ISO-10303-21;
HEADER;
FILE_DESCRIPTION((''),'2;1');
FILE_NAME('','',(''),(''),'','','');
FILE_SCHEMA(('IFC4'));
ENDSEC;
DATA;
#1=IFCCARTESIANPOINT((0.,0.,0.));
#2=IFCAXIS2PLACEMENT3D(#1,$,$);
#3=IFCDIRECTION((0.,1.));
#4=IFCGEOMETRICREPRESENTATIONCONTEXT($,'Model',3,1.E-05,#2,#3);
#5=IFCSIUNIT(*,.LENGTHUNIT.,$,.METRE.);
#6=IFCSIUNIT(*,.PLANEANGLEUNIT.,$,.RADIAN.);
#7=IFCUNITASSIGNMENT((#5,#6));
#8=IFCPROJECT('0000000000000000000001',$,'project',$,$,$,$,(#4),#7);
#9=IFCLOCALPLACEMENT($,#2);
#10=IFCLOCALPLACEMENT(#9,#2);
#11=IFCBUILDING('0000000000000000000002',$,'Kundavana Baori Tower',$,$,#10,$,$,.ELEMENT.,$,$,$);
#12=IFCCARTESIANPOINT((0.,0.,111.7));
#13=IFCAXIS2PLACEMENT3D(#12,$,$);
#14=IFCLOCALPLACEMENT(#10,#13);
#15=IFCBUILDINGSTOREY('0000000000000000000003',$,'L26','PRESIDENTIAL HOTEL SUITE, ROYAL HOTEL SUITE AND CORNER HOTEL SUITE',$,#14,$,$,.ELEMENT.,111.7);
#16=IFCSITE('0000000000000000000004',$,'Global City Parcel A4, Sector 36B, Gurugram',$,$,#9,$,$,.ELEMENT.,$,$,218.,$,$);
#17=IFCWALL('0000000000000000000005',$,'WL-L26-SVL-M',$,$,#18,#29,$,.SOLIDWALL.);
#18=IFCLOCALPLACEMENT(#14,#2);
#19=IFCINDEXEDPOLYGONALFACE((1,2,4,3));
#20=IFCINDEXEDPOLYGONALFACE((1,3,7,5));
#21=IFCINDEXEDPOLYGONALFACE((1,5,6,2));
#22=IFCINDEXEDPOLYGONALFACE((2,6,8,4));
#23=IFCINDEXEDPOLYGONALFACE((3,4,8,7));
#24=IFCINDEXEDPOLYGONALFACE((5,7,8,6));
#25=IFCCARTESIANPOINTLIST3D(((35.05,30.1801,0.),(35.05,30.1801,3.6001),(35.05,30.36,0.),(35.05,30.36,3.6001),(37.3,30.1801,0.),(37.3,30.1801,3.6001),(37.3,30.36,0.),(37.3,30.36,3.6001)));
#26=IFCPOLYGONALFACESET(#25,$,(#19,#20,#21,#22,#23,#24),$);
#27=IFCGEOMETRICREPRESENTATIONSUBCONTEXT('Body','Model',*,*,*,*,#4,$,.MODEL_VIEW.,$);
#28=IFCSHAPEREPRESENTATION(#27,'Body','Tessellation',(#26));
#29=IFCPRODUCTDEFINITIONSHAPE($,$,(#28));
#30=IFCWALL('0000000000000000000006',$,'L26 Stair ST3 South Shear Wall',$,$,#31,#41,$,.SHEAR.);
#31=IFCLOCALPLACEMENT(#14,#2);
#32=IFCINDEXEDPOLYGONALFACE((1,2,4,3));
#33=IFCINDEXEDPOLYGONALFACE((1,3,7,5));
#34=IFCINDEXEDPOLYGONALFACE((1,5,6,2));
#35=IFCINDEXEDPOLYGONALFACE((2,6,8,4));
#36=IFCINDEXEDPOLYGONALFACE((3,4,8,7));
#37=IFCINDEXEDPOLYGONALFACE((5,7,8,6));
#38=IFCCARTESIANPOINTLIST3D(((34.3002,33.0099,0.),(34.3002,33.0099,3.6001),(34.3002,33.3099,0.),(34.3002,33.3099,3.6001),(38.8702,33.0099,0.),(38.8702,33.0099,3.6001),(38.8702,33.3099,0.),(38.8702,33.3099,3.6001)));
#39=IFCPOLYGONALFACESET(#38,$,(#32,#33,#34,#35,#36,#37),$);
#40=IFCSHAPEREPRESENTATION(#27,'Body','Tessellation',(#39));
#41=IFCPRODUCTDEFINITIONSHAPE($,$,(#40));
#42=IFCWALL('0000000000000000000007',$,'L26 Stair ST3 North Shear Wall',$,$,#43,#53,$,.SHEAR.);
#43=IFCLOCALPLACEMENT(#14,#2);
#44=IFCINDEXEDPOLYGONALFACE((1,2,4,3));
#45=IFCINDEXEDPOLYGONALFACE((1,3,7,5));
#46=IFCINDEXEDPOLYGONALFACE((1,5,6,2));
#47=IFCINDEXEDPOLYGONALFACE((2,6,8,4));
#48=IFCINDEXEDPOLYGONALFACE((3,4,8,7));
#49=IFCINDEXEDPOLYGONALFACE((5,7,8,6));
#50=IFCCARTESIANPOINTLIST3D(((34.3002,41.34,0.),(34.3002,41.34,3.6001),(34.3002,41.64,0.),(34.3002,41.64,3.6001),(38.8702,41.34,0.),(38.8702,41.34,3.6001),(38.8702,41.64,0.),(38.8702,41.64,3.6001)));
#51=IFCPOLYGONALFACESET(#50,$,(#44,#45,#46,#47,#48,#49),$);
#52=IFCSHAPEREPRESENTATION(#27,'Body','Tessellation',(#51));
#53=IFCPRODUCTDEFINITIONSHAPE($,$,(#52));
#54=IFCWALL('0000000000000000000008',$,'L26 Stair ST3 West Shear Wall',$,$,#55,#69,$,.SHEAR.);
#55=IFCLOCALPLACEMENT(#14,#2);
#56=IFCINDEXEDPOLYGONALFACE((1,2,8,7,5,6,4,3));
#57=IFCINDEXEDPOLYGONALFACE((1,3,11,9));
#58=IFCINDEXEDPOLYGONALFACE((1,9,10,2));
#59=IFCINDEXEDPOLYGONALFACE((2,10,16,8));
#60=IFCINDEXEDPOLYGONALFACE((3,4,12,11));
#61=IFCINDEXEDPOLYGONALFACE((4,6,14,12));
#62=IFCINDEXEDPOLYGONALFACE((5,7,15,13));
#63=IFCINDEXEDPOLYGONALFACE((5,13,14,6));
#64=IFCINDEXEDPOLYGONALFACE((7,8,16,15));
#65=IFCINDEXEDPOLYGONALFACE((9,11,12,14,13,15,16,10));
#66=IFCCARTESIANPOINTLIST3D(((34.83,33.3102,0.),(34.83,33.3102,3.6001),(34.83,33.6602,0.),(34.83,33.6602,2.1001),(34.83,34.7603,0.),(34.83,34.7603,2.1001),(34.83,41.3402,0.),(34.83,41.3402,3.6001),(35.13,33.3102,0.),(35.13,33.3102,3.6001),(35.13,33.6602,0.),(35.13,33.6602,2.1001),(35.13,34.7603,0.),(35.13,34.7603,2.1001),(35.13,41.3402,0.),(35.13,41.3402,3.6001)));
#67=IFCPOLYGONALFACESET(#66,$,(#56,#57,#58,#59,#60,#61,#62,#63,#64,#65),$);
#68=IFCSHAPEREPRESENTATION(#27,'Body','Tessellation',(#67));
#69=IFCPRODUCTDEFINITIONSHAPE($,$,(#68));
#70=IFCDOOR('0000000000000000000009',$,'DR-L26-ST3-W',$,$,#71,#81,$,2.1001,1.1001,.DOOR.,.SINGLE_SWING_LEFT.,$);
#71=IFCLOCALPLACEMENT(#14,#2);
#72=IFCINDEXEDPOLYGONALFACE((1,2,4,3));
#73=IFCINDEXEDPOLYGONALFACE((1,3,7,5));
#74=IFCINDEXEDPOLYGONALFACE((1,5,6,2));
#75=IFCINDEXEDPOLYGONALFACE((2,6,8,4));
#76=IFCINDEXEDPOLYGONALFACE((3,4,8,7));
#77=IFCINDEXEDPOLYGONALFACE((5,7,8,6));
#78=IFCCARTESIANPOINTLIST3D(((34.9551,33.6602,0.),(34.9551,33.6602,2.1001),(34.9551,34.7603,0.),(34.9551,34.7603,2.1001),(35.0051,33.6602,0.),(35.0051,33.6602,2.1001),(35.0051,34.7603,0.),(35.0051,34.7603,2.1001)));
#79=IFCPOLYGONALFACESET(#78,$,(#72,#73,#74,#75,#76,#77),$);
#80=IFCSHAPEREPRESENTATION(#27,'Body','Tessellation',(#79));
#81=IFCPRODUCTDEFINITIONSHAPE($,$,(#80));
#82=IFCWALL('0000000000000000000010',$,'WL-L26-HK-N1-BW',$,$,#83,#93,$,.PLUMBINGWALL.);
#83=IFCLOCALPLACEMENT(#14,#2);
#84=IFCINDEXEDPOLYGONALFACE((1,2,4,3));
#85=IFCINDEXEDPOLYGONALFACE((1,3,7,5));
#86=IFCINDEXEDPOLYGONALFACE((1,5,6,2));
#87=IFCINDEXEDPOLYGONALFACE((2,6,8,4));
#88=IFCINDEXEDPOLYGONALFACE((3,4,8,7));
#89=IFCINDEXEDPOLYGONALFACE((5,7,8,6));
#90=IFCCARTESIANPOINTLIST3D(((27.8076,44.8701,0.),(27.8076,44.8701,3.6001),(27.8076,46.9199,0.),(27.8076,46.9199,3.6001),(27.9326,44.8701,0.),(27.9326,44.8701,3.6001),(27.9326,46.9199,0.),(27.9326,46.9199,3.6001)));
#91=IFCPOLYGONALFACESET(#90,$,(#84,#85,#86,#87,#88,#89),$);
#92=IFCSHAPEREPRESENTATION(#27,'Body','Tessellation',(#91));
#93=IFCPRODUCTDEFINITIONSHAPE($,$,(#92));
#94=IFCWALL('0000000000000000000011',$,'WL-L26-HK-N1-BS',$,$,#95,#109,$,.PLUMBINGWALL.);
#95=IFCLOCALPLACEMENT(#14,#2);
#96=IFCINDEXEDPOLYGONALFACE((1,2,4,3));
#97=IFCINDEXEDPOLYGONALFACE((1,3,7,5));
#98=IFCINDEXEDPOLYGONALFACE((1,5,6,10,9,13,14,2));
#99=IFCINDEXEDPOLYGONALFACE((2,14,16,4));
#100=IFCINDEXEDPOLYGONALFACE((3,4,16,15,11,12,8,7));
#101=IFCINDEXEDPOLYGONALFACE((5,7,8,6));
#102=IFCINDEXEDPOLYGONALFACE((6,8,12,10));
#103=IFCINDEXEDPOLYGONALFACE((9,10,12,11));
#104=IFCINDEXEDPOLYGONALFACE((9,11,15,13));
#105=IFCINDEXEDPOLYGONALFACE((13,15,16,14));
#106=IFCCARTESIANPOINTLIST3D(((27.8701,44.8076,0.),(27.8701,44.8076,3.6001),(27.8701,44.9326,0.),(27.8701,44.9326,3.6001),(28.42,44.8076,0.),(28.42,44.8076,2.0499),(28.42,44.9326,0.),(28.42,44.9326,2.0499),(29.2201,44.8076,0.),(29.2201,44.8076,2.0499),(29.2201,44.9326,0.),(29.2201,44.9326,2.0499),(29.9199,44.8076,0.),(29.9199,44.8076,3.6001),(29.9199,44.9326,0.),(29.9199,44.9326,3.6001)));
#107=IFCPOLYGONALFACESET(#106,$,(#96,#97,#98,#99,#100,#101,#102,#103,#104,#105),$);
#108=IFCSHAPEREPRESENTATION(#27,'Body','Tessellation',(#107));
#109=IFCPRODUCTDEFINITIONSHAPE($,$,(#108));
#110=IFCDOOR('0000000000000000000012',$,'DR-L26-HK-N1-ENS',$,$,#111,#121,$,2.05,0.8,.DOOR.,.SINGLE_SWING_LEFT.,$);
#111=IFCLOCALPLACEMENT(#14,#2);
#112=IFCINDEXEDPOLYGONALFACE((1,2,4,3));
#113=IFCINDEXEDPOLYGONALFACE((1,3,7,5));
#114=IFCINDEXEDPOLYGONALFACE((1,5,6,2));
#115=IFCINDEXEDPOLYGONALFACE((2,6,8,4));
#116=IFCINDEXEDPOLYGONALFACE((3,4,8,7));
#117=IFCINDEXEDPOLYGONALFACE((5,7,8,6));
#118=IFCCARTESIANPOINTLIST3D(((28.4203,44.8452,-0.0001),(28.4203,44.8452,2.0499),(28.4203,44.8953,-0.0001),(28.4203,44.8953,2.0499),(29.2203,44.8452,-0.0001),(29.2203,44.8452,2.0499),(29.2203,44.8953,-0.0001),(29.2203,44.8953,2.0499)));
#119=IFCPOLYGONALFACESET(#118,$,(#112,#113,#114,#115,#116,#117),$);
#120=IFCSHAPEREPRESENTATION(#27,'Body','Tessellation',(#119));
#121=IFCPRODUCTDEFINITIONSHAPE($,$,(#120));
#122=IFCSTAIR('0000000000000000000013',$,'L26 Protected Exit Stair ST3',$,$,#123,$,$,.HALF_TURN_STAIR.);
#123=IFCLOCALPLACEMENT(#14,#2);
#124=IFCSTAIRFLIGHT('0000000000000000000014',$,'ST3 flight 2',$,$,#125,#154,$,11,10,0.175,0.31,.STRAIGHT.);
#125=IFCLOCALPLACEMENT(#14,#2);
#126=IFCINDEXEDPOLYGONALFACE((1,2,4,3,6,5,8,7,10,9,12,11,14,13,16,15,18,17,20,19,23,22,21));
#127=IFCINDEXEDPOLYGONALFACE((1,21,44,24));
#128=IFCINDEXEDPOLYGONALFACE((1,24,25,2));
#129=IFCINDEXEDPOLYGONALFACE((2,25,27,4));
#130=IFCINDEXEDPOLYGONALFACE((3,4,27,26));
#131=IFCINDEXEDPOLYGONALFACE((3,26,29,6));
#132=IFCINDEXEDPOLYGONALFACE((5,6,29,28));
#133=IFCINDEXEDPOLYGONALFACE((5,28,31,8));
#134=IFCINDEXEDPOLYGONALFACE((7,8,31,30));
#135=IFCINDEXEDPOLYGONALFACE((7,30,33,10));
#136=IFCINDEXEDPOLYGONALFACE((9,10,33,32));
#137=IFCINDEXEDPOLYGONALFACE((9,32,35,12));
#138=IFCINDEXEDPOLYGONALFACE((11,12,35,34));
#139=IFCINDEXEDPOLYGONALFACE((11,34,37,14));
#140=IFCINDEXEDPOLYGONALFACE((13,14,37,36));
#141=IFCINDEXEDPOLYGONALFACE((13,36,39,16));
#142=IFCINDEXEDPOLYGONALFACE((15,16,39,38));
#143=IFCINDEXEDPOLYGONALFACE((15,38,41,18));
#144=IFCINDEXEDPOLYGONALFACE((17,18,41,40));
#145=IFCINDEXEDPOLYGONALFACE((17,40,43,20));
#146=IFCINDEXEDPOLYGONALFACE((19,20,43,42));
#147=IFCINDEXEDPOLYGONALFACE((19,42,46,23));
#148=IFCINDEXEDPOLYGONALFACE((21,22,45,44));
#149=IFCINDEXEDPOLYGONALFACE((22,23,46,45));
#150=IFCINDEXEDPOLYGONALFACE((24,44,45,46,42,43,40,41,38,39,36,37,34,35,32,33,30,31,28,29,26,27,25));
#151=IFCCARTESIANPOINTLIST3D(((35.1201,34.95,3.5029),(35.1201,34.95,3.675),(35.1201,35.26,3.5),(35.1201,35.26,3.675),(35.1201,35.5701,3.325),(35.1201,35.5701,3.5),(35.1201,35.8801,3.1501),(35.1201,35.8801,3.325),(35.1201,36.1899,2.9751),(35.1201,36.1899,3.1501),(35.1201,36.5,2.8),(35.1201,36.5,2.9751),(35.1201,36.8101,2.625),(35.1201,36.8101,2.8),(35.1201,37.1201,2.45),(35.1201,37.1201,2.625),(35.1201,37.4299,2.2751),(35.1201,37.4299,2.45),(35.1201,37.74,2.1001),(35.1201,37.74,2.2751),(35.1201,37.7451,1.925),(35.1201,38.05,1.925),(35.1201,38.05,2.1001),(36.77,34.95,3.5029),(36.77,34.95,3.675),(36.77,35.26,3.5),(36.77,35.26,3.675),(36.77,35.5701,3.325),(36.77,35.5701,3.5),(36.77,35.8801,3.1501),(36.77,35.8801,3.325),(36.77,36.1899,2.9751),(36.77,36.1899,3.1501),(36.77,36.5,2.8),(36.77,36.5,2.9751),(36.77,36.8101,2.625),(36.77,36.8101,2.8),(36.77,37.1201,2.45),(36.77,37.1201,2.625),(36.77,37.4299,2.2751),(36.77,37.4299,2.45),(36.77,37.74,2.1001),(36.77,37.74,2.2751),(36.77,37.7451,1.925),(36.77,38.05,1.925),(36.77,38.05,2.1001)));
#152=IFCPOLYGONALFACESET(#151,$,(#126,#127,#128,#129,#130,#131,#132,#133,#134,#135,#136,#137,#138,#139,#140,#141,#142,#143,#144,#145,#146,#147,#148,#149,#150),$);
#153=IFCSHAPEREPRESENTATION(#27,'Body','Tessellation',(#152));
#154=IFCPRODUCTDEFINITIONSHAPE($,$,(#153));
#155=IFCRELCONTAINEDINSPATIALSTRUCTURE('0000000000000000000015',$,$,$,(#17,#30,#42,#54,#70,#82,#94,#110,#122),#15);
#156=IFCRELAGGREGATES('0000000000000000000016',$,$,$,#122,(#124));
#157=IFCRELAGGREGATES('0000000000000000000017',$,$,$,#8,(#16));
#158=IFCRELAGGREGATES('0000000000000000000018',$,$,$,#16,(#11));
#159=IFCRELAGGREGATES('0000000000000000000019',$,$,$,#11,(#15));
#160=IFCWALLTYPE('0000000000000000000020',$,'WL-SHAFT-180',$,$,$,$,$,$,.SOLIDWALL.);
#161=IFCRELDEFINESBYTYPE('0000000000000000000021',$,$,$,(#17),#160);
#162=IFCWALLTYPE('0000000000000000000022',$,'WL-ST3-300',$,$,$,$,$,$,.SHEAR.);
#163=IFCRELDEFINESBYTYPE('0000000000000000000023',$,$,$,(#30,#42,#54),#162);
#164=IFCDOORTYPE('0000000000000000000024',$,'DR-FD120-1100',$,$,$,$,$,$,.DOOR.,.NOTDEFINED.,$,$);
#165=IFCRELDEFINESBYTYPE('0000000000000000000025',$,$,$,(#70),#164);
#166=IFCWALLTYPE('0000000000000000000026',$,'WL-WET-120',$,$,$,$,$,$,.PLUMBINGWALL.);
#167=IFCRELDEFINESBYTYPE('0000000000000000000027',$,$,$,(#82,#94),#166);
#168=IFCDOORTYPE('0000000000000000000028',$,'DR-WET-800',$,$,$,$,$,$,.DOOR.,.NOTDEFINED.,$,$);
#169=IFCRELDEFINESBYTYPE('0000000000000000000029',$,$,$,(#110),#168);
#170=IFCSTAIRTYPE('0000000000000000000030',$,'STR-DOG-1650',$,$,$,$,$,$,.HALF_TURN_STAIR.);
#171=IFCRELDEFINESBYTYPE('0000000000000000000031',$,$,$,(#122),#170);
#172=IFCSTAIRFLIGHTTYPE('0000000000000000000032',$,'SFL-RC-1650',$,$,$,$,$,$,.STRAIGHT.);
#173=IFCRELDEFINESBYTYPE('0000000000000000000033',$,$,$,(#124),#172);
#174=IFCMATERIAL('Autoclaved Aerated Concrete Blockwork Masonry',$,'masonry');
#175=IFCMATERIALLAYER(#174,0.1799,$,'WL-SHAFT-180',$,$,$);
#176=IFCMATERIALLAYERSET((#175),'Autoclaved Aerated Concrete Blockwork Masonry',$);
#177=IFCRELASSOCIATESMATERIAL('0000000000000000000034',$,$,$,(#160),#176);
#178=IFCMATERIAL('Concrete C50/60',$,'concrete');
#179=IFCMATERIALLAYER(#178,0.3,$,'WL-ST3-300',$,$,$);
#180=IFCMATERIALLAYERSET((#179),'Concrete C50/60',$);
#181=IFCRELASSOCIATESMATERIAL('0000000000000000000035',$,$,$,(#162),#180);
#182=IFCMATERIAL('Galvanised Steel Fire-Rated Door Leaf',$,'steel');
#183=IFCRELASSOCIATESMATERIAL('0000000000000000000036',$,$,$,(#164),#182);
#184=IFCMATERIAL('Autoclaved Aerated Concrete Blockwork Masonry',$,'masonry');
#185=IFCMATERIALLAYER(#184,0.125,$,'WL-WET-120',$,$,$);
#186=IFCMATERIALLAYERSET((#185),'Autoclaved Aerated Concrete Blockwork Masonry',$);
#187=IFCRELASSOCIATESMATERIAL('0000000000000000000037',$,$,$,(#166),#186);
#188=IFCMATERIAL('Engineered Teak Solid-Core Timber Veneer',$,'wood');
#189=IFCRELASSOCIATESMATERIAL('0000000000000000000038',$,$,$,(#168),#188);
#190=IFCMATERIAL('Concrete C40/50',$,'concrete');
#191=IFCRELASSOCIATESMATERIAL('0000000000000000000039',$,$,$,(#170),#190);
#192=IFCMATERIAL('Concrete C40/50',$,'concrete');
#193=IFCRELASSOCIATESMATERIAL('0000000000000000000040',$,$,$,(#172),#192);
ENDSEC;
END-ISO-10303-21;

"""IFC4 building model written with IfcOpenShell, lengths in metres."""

from ifc_helpers import new_model, si_unit, direction, frame, frame_2d, origin, place, context, subcontext, project, spatial, polyline, rectangle, outline, extrude, material, layer, layer_set, type_object, element, fill, aggregate, save


model = new_model("IFC4")

# Units and contexts
model_context = context("Model", 3, precision=1e-05, world=origin(), true_north=direction((0.0, 1.0)))
body_context = subcontext(model_context, "Body", "Model", "MODEL_VIEW")
ifc_project = project(units=[si_unit("LENGTHUNIT", "METRE"), si_unit("PLANEANGLEUNIT", "RADIAN")], contexts=[model_context])

# Site, building, storey
site_placement = place(None, origin())
site = spatial("IfcSite", under=ifc_project, at=site_placement, Name="Global City Parcel A4, Sector 36B, Gurugram", CompositionType="ELEMENT", RefElevation=218.0)
building_placement = place(site_placement, origin())
building = spatial("IfcBuilding", under=site, at=building_placement, Name="Kundavana Baori Tower", CompositionType="ELEMENT")
storey_placement = place(building_placement, frame((0.0, 0.0, 111.7)))
storey = spatial("IfcBuildingStorey", under=building, at=storey_placement, Name="L26", Description="PRESIDENTIAL HOTEL SUITE, ROYAL HOTEL SUITE AND CORNER HOTEL SUITE", CompositionType="ELEMENT", Elevation=111.7)

# Walls
ifc_material_1 = material(Name="Autoclaved Aerated Concrete Blockwork Masonry", Category="masonry")
ifc_layer_1 = layer(ifc_material_1, 0.1799, Name="WL-SHAFT-180")
ifc_layer_set_1 = layer_set([ifc_layer_1], Name="Autoclaved Aerated Concrete Blockwork Masonry")
wall_type_1 = type_object("IfcWallType", Name="WL-SHAFT-180", PredefinedType="SOLIDWALL", material=ifc_layer_set_1)
wall_1_placement = place(storey_placement, frame((35.05, 30.27, 0.0), z_axis=(0.0, 0.0, 1.0), x_axis=(1.0, 0.0, 0.0)))
element("IfcWall", 1, at=wall_1_placement, inside=storey, type_object=wall_type_1, Name="WL-L26-SVL-M", PredefinedType="SOLIDWALL", context=body_context, shape_type="SweptSolid", body=[
    extrude(rectangle(XDim=2.25, YDim=0.1799, at=frame_2d((1.125, 0.0))), origin(), (0.0, 0.0, 1.0), 3.6001),
])
ifc_material_2 = material(Name="Concrete C50/60", Category="concrete")
ifc_layer_2 = layer(ifc_material_2, 0.3, Name="WL-ST3-300")
ifc_layer_set_2 = layer_set([ifc_layer_2], Name="Concrete C50/60")
wall_type_2 = type_object("IfcWallType", Name="WL-ST3-300", PredefinedType="SHEAR", material=ifc_layer_set_2)
for number, where, z_axis, x_axis, name in (
    (2, (34.3, 33.1599, 0.0), (0.0, 0.0, 1.0), (1.0, 0.0, 0.0), "L26 Stair ST3 South Shear Wall"),
    (3, (34.3, 41.49, 0.0), (0.0, 0.0, 1.0), (1.0, 0.0, 0.0), "L26 Stair ST3 North Shear Wall"),
):
    element("IfcWall", number, at=place(storey_placement, frame(where, z_axis=z_axis, x_axis=x_axis)), inside=storey, type_object=wall_type_2, Name=name, PredefinedType="SHEAR", context=body_context, shape_type="SweptSolid", body=[
        extrude(rectangle(XDim=4.5701, YDim=0.3, at=frame_2d((2.2852, 0.0))), origin(), (0.0, 0.0, 1.0), 3.6001),
    ])

# Wall, opening, door
wall_2_placement = place(storey_placement, frame((34.98, 33.3101, 0.0), z_axis=(0.0, 0.0, 1.0), x_axis=(0.0, 1.0, 0.0)))
wall_2 = element("IfcWall", 4, at=wall_2_placement, inside=storey, type_object=wall_type_2, Name="L26 Stair ST3 West Shear Wall", PredefinedType="SHEAR", context=body_context, shape_type="SweptSolid", body=[
    extrude(rectangle(XDim=8.03, YDim=0.3, at=frame_2d((4.0151, 0.0))), origin(), (0.0, 0.0, 1.0), 3.6001),
])
opening_1_placement = place(wall_2_placement, frame((0.3501, 0.0, 0.0)))
opening_1 = element("IfcOpeningElement", 5, at=opening_1_placement, cuts=wall_2, PredefinedType="OPENING", context=body_context, shape_type="SweptSolid", body=[
    extrude(rectangle(XDim=1.1001, YDim=2.1001, at=frame_2d((0.55, 1.05))), frame((0.0, 0.1602, 0.0), z_axis=(0.0, -1.0, 0.0), x_axis=(1.0, 0.0, 0.0)), (0.0, 0.0, 1.0), 0.3201),
])
ifc_material_3 = material(Name="Galvanised Steel Fire-Rated Door Leaf", Category="steel")
door_type_1 = type_object("IfcDoorType", Name="DR-FD120-1100", OperationType="NOTDEFINED", PredefinedType="DOOR", material=ifc_material_3)
door_1_placement = place(opening_1_placement, origin())
door_1 = element("IfcDoor", 6, at=door_1_placement, inside=storey, type_object=door_type_1, Name="DR-L26-ST3-W", OperationType="SINGLE_SWING_LEFT", OverallHeight=2.1001, OverallWidth=1.1001, PredefinedType="DOOR", context=body_context, shape_type="SweptSolid", body=[
    extrude(rectangle(XDim=1.1001, YDim=2.1001, at=frame_2d((0.55, 1.05))), frame((0.0, 0.0249, 0.0), z_axis=(0.0, -1.0, 0.0), x_axis=(1.0, 0.0, 0.0)), (0.0, 0.0, 1.0), 0.05),
])
fill(opening_1, door_1)

# Wall
ifc_material_4 = material(Name="Autoclaved Aerated Concrete Blockwork Masonry", Category="masonry")
ifc_layer_3 = layer(ifc_material_4, 0.125, Name="WL-WET-120")
ifc_layer_set_3 = layer_set([ifc_layer_3], Name="Autoclaved Aerated Concrete Blockwork Masonry")
wall_type_3 = type_object("IfcWallType", Name="WL-WET-120", PredefinedType="PLUMBINGWALL", material=ifc_layer_set_3)
wall_3_placement = place(storey_placement, frame((27.8701, 44.8701, 0.0), z_axis=(0.0, 0.0, 1.0), x_axis=(0.0, 1.0, 0.0)))
element("IfcWall", 7, at=wall_3_placement, inside=storey, type_object=wall_type_3, Name="WL-L26-HK-N1-BW", PredefinedType="PLUMBINGWALL", context=body_context, shape_type="SweptSolid", body=[
    extrude(rectangle(XDim=2.0498, YDim=0.125, at=frame_2d((1.0249, 0.0))), origin(), (0.0, 0.0, 1.0), 3.6001),
])

# Wall, opening, door
wall_4_placement = place(storey_placement, frame((27.8701, 44.8701, 0.0), z_axis=(0.0, 0.0, 1.0), x_axis=(1.0, 0.0, 0.0)))
wall_4 = element("IfcWall", 8, at=wall_4_placement, inside=storey, type_object=wall_type_3, Name="WL-L26-HK-N1-BS", PredefinedType="PLUMBINGWALL", context=body_context, shape_type="SweptSolid", body=[
    extrude(rectangle(XDim=2.0498, YDim=0.125, at=frame_2d((1.0249, 0.0))), origin(), (0.0, 0.0, 1.0), 3.6001),
])
opening_2_placement = place(wall_4_placement, frame((0.55, 0.0, 0.0)))
opening_2 = element("IfcOpeningElement", 9, at=opening_2_placement, cuts=wall_4, PredefinedType="OPENING", context=body_context, shape_type="SweptSolid", body=[
    extrude(rectangle(XDim=0.8, YDim=2.05, at=frame_2d((0.3999, 1.0249))), frame((0.0, 0.0725, 0.0), z_axis=(0.0, -1.0, 0.0), x_axis=(1.0, 0.0, 0.0)), (0.0, 0.0, 1.0), 0.145),
])
ifc_material_5 = material(Name="Engineered Teak Solid-Core Timber Veneer", Category="wood")
door_type_2 = type_object("IfcDoorType", Name="DR-WET-800", OperationType="NOTDEFINED", PredefinedType="DOOR", material=ifc_material_5)
door_2_placement = place(opening_2_placement, frame((0.8, 0.0, 0.0), z_axis=(0.0, 0.0, 1.0), x_axis=(-1.0, 0.0, 0.0)))
door_2 = element("IfcDoor", 10, at=door_2_placement, inside=storey, type_object=door_type_2, Name="DR-L26-HK-N1-ENS", OperationType="SINGLE_SWING_LEFT", OverallHeight=2.05, OverallWidth=0.8, PredefinedType="DOOR", context=body_context, shape_type="SweptSolid", body=[
    extrude(rectangle(XDim=0.8, YDim=2.05, at=frame_2d((0.3999, 1.0249))), frame((0.0, 0.0249, 0.0), z_axis=(0.0, -1.0, 0.0), x_axis=(1.0, 0.0, 0.0)), (0.0, 0.0, 1.0), 0.05),
])
fill(opening_2, door_2)

# Stair, stair flight
ifc_material_6 = material(Name="Concrete C40/50", Category="concrete")
stair_type = type_object("IfcStairType", Name="STR-DOG-1650", PredefinedType="HALF_TURN_STAIR", material=ifc_material_6)
stair_placement = place(storey_placement, origin())
stair = element("IfcStair", 11, at=stair_placement, inside=storey, type_object=stair_type, Name="L26 Protected Exit Stair ST3", PredefinedType="HALF_TURN_STAIR")
ifc_material_7 = material(Name="Concrete C40/50", Category="concrete")
stair_flight_type = type_object("IfcStairFlightType", Name="SFL-RC-1650", PredefinedType="STRAIGHT", material=ifc_material_7)
stair_flight_placement = place(storey_placement, frame((35.9451, 38.05, 1.925), z_axis=(0.0, 0.0, 1.0), x_axis=(0.0, -1.0, 0.0)))
stair_flight = element("IfcStairFlight", 12, at=stair_flight_placement, type_object=stair_flight_type, Name="ST3 flight 2", NumberOfRisers=11, NumberOfTreads=10, PredefinedType="STRAIGHT", RiserHeight=0.175, TreadLength=0.31, context=body_context, shape_type="SweptSolid", body=[
    extrude(outline(polyline([(0.0, 0.0), (0.0, 0.175), (0.3101, 0.175), (0.3101, 0.3501), (0.6201, 0.3501), (0.6201, 0.5249), (0.9299, 0.5249), (0.9299, 0.7), (1.24, 0.7), (1.24, 0.875), (1.55, 0.875), (1.55, 1.05), (1.8601, 1.05), (1.8601, 1.2251), (2.1699, 1.2251), (2.1699, 1.3999), (2.48, 1.3999), (2.48, 1.575), (2.79, 1.575), (2.79, 1.75), (3.1001, 1.75), (3.1001, 1.925), (3.1001, 1.5779), (0.3049, 0.0), (0.0, 0.0)])), frame((0.0, 0.825, 0.0), z_axis=(0.0, -1.0, 0.0), x_axis=(1.0, 0.0, 0.0)), (0.0, 0.0, 1.0), 1.6499),
])
aggregate(stair, [stair_flight])

save(model, "model.ifc")
